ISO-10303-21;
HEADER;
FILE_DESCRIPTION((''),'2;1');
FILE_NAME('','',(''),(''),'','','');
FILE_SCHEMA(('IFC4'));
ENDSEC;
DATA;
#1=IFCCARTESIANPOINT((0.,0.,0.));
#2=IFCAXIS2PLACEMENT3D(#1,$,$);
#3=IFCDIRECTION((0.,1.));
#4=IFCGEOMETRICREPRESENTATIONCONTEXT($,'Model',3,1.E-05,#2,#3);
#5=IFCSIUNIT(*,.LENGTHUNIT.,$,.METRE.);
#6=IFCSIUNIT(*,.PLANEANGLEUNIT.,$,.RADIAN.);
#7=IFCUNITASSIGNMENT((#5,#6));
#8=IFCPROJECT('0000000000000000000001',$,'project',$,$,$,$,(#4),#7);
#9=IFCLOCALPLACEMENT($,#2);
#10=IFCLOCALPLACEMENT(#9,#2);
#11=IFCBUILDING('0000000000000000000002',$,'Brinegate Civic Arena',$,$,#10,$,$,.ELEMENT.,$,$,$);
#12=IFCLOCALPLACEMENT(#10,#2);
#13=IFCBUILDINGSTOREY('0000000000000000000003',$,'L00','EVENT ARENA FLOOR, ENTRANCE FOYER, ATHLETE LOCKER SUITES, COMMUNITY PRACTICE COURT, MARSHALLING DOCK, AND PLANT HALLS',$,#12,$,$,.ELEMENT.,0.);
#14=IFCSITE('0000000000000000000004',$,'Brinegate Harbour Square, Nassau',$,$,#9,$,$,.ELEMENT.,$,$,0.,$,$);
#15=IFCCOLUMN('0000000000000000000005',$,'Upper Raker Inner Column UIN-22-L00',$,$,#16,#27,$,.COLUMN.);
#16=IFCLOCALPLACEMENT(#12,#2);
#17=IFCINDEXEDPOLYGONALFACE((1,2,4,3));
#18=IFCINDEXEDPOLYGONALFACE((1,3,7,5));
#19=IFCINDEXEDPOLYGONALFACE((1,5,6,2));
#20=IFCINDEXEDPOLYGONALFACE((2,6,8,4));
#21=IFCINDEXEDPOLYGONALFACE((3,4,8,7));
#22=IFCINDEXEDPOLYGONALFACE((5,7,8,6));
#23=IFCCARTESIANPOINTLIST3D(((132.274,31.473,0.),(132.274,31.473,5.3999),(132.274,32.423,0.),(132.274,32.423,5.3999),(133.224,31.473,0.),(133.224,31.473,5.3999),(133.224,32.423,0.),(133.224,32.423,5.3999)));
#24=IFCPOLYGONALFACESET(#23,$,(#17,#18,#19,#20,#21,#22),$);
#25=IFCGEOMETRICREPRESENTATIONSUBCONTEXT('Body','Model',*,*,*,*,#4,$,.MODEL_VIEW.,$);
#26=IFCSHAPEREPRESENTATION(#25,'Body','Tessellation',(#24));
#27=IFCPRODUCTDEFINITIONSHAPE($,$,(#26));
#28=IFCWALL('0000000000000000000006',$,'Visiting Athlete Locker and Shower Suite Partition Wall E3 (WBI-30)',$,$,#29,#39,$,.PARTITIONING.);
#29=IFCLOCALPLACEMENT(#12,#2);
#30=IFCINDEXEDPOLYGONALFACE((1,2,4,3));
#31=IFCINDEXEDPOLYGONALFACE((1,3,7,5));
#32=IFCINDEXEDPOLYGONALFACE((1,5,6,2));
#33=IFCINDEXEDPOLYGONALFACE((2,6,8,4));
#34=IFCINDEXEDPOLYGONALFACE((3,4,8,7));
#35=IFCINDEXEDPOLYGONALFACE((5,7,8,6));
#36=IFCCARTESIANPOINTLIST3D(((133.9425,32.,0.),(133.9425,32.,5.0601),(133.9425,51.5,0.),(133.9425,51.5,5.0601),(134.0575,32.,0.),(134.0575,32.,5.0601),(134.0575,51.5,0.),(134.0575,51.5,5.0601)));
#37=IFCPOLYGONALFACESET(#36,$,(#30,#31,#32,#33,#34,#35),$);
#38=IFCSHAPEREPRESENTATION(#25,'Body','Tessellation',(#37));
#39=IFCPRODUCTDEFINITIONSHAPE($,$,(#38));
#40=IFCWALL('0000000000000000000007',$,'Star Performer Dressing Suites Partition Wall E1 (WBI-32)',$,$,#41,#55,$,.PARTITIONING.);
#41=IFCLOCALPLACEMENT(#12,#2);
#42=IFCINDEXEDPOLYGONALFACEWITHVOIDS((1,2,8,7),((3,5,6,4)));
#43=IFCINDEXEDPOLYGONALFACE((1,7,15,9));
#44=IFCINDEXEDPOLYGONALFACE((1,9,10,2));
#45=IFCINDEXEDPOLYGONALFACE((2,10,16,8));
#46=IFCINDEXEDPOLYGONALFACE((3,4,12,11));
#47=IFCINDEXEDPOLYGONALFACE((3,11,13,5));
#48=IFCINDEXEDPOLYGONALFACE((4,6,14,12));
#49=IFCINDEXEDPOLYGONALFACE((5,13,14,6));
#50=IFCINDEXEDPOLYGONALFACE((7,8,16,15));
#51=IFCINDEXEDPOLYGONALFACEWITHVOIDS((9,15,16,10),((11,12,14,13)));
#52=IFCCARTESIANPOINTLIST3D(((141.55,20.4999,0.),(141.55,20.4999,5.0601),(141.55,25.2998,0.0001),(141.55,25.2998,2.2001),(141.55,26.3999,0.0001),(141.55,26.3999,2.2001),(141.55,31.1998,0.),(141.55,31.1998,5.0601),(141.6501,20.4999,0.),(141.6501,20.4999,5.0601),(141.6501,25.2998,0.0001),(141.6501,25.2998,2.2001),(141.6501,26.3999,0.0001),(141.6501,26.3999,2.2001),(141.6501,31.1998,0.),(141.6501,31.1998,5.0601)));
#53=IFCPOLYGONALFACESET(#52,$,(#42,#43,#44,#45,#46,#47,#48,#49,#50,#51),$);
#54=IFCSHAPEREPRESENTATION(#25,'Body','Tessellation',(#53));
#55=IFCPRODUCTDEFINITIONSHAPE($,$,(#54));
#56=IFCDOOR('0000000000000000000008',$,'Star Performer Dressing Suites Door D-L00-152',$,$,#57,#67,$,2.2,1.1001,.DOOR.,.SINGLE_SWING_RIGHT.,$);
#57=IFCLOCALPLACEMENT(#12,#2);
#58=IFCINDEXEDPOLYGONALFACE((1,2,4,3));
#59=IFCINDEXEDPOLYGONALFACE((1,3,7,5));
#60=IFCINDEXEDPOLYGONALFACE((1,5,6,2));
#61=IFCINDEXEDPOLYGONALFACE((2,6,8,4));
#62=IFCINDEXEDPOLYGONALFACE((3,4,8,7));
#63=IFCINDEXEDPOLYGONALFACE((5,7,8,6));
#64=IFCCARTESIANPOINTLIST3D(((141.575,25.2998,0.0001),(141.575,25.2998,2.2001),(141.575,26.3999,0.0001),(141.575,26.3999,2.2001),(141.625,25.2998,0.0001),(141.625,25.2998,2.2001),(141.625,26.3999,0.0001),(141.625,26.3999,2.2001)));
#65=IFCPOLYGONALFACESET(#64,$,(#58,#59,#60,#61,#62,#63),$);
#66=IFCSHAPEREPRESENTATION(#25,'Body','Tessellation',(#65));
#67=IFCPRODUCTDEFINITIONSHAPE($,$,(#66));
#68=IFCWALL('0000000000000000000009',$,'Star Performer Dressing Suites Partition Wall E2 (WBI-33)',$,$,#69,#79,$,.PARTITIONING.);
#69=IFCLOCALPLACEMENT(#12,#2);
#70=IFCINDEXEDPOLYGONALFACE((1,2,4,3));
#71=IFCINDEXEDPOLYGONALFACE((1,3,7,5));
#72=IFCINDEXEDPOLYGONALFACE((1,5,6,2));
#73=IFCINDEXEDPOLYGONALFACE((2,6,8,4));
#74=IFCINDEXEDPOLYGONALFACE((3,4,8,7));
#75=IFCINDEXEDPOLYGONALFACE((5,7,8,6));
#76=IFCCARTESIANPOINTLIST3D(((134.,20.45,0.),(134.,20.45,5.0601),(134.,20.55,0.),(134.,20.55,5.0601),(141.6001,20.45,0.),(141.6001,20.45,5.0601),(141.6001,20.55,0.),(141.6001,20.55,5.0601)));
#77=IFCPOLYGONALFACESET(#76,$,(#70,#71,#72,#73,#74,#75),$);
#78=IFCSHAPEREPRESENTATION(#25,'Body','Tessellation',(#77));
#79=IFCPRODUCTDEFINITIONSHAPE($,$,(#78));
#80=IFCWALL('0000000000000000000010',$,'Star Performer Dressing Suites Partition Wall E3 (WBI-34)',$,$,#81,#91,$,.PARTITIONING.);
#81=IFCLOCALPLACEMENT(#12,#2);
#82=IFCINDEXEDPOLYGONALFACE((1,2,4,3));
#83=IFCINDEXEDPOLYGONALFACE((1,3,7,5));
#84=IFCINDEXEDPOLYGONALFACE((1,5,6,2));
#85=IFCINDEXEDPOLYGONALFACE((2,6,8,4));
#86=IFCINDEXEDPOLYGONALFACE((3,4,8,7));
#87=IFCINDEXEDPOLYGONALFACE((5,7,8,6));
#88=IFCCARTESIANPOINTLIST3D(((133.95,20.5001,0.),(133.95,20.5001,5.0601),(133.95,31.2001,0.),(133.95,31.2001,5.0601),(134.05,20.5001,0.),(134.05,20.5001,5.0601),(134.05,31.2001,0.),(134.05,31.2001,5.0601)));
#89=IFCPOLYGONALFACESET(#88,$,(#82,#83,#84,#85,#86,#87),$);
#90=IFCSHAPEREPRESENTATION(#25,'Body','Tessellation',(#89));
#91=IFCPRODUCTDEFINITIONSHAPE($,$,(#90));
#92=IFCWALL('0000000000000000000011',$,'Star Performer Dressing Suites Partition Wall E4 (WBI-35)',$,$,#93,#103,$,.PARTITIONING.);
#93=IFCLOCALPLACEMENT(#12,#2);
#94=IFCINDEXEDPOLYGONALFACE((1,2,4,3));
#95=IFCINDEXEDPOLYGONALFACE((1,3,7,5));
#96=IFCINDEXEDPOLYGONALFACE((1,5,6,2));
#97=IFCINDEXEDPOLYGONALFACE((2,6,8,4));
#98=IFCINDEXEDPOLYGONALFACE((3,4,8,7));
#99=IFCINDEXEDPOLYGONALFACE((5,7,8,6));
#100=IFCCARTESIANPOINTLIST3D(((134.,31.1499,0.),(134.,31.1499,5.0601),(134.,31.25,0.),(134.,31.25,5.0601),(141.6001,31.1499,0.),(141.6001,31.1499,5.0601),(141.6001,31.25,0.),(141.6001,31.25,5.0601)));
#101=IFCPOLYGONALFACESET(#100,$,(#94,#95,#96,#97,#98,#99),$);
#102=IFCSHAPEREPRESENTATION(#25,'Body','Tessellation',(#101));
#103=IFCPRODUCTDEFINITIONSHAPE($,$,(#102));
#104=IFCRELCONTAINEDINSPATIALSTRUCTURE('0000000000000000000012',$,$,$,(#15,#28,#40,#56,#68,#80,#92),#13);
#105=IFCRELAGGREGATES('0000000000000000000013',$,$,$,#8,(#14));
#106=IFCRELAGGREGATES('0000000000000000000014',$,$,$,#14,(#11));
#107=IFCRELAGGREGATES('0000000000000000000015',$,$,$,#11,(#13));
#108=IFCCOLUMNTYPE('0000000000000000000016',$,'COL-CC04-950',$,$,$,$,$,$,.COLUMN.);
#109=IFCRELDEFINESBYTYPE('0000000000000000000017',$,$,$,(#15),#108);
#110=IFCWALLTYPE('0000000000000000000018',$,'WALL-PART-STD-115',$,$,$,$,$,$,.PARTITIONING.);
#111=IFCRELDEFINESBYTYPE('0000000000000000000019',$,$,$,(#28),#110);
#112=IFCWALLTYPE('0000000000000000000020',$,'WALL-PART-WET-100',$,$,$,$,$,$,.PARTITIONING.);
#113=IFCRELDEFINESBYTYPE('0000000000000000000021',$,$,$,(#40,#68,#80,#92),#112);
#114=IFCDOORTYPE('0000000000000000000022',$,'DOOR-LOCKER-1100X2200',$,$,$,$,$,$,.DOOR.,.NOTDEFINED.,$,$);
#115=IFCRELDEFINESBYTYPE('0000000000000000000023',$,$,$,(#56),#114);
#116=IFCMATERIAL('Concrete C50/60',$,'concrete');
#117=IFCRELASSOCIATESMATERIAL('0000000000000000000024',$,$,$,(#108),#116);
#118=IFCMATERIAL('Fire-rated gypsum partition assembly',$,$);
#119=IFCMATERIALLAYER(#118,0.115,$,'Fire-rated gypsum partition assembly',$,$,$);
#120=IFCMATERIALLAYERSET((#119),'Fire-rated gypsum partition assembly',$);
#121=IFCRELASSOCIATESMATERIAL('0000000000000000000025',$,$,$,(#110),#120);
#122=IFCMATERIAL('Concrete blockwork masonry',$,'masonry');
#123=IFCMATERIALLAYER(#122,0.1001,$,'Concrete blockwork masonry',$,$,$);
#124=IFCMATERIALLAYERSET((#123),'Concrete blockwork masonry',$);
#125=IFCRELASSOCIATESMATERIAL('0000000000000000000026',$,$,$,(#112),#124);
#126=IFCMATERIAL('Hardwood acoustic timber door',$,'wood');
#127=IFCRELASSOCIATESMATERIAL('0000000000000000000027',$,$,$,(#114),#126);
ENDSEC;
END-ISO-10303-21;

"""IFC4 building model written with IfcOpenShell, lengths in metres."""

from ifc_helpers import new_model, si_unit, direction, frame, frame_2d, origin, origin_2d, place, context, subcontext, project, spatial, rectangle, extrude, material, layer, layer_set, material_profile, profile_set, type_object, element, fill, save


model = new_model("IFC4")

# Units and contexts
model_context = context("Model", 3, precision=1e-05, world=origin(), true_north=direction((0.0, 1.0)))
body_context = subcontext(model_context, "Body", "Model", "MODEL_VIEW")
ifc_project = project(units=[si_unit("LENGTHUNIT", "METRE"), si_unit("PLANEANGLEUNIT", "RADIAN")], contexts=[model_context])

# Site, building, storey
site_placement = place(None, origin())
site = spatial("IfcSite", under=ifc_project, at=site_placement, Name="Brinegate Harbour Square, Nassau", CompositionType="ELEMENT", RefElevation=0.0)
building_placement = place(site_placement, origin())
building = spatial("IfcBuilding", under=site, at=building_placement, Name="Brinegate Civic Arena", CompositionType="ELEMENT")
storey_placement = place(building_placement, origin())
storey = spatial("IfcBuildingStorey", under=building, at=storey_placement, Name="L00", Description="EVENT ARENA FLOOR, ENTRANCE FOYER, ATHLETE LOCKER SUITES, COMMUNITY PRACTICE COURT, MARSHALLING DOCK, AND PLANT HALLS", CompositionType="ELEMENT", Elevation=0.0)

# Column
ifc_material_1 = material(Name="Concrete C50/60", Category="concrete")
ifc_material_profile_1 = material_profile(ifc_material_1, rectangle(XDim=0.95, YDim=0.95, at=origin_2d()), Name="RC950X950")
ifc_profile_set_1 = profile_set([ifc_material_profile_1], Name="Concrete C50/60")
column_type_1 = type_object("IfcColumnType", Name="COL-CC04-950", PredefinedType="COLUMN", material=ifc_profile_set_1)
column_1_placement = place(storey_placement, frame((132.749, 31.948, 0.0), z_axis=(0.0, 0.0, 1.0), x_axis=(1.0, 0.0, 0.0)))
element("IfcColumn", 1, at=column_1_placement, inside=storey, type_object=column_type_1, Name="Upper Raker Inner Column UIN-22-L00", PredefinedType="COLUMN", context=body_context, shape_type="SweptSolid", body=[
    extrude(rectangle(XDim=0.95, YDim=0.95, at=origin_2d()), origin(), (0.0, 0.0, 1.0), 5.3999),
])

# Wall
ifc_material_2 = material(Name="Fire-rated gypsum partition assembly")
ifc_layer_1 = layer(ifc_material_2, 0.115, Name="Fire-rated gypsum partition assembly")
ifc_layer_set_1 = layer_set([ifc_layer_1], Name="Fire-rated gypsum partition assembly")
wall_type_1 = type_object("IfcWallType", Name="WALL-PART-STD-115", PredefinedType="PARTITIONING", material=ifc_layer_set_1)
wall_1_placement = place(storey_placement, frame((134.0, 32.0, 0.0), z_axis=(0.0, 0.0, 1.0), x_axis=(0.0, 1.0, 0.0)))
element("IfcWall", 2, at=wall_1_placement, inside=storey, type_object=wall_type_1, Name="Visiting Athlete Locker and Shower Suite Partition Wall E3 (WBI-30)", PredefinedType="PARTITIONING", context=body_context, shape_type="SweptSolid", body=[
    extrude(rectangle(XDim=19.5, YDim=0.115, at=frame_2d((9.75, 0.0))), origin(), (0.0, 0.0, 1.0), 5.0601),
])

# Wall, opening, door
ifc_material_3 = material(Name="Concrete blockwork masonry", Category="masonry")
ifc_layer_2 = layer(ifc_material_3, 0.1001, Name="Concrete blockwork masonry")
ifc_layer_set_2 = layer_set([ifc_layer_2], Name="Concrete blockwork masonry")
wall_type_2 = type_object("IfcWallType", Name="WALL-PART-WET-100", PredefinedType="PARTITIONING", material=ifc_layer_set_2)
wall_2_placement = place(storey_placement, frame((141.6001, 31.2, 0.0), z_axis=(0.0, 0.0, 1.0), x_axis=(0.0, -1.0, 0.0)))
wall_2 = element("IfcWall", 3, at=wall_2_placement, inside=storey, type_object=wall_type_2, Name="Star Performer Dressing Suites Partition Wall E1 (WBI-32)", PredefinedType="PARTITIONING", context=body_context, shape_type="SweptSolid", body=[
    extrude(rectangle(XDim=10.7, YDim=0.1001, at=frame_2d((5.3501, 0.0))), origin(), (0.0, 0.0, 1.0), 5.0601),
])
opening_placement = place(wall_2_placement, frame((4.8, 0.0, 0.0)))
opening = element("IfcOpeningElement", 4, at=opening_placement, cuts=wall_2, PredefinedType="OPENING", context=body_context, shape_type="SweptSolid", body=[
    extrude(rectangle(XDim=1.1001, YDim=2.2, at=frame_2d((0.55, 1.1001))), frame((0.0, 0.0601, 0.0), z_axis=(0.0, -1.0, 0.0), x_axis=(1.0, 0.0, 0.0)), (0.0, 0.0, 1.0), 0.1201),
])
ifc_material_4 = material(Name="Hardwood acoustic timber door", Category="wood")
door_type = type_object("IfcDoorType", Name="DOOR-LOCKER-1100X2200", OperationType="NOTDEFINED", PredefinedType="DOOR", material=ifc_material_4)
door_placement = place(opening_placement, origin())
door = element("IfcDoor", 5, at=door_placement, inside=storey, type_object=door_type, Name="Star Performer Dressing Suites Door D-L00-152", OperationType="SINGLE_SWING_RIGHT", OverallHeight=2.2, OverallWidth=1.1001, PredefinedType="DOOR", context=body_context, shape_type="SweptSolid", body=[
    extrude(rectangle(XDim=1.1001, YDim=2.2, at=frame_2d((0.55, 1.1001))), frame((0.0, 0.0249, 0.0), z_axis=(0.0, -1.0, 0.0), x_axis=(1.0, 0.0, 0.0)), (0.0, 0.0, 1.0), 0.05),
])
fill(opening, door)

# Walls
wall_3_placement = place(storey_placement, frame((141.6001, 20.5, 0.0), z_axis=(0.0, 0.0, 1.0), x_axis=(-1.0, 0.0, 0.0)))
element("IfcWall", 6, at=wall_3_placement, inside=storey, type_object=wall_type_2, Name="Star Performer Dressing Suites Partition Wall E2 (WBI-33)", PredefinedType="PARTITIONING", context=body_context, shape_type="SweptSolid", body=[
    extrude(rectangle(XDim=7.6001, YDim=0.1001, at=frame_2d((3.8, 0.0))), origin(), (0.0, 0.0, 1.0), 5.0601),
])
wall_4_placement = place(storey_placement, frame((134.0, 20.5, 0.0), z_axis=(0.0, 0.0, 1.0), x_axis=(0.0, 1.0, 0.0)))
element("IfcWall", 7, at=wall_4_placement, inside=storey, type_object=wall_type_2, Name="Star Performer Dressing Suites Partition Wall E3 (WBI-34)", PredefinedType="PARTITIONING", context=body_context, shape_type="SweptSolid", body=[
    extrude(rectangle(XDim=10.7, YDim=0.1001, at=frame_2d((5.3501, 0.0))), origin(), (0.0, 0.0, 1.0), 5.0601),
])
wall_5_placement = place(storey_placement, frame((134.0, 31.2, 0.0), z_axis=(0.0, 0.0, 1.0), x_axis=(1.0, 0.0, 0.0)))
element("IfcWall", 8, at=wall_5_placement, inside=storey, type_object=wall_type_2, Name="Star Performer Dressing Suites Partition Wall E4 (WBI-35)", PredefinedType="PARTITIONING", context=body_context, shape_type="SweptSolid", body=[
    extrude(rectangle(XDim=7.6001, YDim=0.1001, at=frame_2d((3.8, 0.0))), origin(), (0.0, 0.0, 1.0), 5.0601),
])

save(model, "model.ifc")
